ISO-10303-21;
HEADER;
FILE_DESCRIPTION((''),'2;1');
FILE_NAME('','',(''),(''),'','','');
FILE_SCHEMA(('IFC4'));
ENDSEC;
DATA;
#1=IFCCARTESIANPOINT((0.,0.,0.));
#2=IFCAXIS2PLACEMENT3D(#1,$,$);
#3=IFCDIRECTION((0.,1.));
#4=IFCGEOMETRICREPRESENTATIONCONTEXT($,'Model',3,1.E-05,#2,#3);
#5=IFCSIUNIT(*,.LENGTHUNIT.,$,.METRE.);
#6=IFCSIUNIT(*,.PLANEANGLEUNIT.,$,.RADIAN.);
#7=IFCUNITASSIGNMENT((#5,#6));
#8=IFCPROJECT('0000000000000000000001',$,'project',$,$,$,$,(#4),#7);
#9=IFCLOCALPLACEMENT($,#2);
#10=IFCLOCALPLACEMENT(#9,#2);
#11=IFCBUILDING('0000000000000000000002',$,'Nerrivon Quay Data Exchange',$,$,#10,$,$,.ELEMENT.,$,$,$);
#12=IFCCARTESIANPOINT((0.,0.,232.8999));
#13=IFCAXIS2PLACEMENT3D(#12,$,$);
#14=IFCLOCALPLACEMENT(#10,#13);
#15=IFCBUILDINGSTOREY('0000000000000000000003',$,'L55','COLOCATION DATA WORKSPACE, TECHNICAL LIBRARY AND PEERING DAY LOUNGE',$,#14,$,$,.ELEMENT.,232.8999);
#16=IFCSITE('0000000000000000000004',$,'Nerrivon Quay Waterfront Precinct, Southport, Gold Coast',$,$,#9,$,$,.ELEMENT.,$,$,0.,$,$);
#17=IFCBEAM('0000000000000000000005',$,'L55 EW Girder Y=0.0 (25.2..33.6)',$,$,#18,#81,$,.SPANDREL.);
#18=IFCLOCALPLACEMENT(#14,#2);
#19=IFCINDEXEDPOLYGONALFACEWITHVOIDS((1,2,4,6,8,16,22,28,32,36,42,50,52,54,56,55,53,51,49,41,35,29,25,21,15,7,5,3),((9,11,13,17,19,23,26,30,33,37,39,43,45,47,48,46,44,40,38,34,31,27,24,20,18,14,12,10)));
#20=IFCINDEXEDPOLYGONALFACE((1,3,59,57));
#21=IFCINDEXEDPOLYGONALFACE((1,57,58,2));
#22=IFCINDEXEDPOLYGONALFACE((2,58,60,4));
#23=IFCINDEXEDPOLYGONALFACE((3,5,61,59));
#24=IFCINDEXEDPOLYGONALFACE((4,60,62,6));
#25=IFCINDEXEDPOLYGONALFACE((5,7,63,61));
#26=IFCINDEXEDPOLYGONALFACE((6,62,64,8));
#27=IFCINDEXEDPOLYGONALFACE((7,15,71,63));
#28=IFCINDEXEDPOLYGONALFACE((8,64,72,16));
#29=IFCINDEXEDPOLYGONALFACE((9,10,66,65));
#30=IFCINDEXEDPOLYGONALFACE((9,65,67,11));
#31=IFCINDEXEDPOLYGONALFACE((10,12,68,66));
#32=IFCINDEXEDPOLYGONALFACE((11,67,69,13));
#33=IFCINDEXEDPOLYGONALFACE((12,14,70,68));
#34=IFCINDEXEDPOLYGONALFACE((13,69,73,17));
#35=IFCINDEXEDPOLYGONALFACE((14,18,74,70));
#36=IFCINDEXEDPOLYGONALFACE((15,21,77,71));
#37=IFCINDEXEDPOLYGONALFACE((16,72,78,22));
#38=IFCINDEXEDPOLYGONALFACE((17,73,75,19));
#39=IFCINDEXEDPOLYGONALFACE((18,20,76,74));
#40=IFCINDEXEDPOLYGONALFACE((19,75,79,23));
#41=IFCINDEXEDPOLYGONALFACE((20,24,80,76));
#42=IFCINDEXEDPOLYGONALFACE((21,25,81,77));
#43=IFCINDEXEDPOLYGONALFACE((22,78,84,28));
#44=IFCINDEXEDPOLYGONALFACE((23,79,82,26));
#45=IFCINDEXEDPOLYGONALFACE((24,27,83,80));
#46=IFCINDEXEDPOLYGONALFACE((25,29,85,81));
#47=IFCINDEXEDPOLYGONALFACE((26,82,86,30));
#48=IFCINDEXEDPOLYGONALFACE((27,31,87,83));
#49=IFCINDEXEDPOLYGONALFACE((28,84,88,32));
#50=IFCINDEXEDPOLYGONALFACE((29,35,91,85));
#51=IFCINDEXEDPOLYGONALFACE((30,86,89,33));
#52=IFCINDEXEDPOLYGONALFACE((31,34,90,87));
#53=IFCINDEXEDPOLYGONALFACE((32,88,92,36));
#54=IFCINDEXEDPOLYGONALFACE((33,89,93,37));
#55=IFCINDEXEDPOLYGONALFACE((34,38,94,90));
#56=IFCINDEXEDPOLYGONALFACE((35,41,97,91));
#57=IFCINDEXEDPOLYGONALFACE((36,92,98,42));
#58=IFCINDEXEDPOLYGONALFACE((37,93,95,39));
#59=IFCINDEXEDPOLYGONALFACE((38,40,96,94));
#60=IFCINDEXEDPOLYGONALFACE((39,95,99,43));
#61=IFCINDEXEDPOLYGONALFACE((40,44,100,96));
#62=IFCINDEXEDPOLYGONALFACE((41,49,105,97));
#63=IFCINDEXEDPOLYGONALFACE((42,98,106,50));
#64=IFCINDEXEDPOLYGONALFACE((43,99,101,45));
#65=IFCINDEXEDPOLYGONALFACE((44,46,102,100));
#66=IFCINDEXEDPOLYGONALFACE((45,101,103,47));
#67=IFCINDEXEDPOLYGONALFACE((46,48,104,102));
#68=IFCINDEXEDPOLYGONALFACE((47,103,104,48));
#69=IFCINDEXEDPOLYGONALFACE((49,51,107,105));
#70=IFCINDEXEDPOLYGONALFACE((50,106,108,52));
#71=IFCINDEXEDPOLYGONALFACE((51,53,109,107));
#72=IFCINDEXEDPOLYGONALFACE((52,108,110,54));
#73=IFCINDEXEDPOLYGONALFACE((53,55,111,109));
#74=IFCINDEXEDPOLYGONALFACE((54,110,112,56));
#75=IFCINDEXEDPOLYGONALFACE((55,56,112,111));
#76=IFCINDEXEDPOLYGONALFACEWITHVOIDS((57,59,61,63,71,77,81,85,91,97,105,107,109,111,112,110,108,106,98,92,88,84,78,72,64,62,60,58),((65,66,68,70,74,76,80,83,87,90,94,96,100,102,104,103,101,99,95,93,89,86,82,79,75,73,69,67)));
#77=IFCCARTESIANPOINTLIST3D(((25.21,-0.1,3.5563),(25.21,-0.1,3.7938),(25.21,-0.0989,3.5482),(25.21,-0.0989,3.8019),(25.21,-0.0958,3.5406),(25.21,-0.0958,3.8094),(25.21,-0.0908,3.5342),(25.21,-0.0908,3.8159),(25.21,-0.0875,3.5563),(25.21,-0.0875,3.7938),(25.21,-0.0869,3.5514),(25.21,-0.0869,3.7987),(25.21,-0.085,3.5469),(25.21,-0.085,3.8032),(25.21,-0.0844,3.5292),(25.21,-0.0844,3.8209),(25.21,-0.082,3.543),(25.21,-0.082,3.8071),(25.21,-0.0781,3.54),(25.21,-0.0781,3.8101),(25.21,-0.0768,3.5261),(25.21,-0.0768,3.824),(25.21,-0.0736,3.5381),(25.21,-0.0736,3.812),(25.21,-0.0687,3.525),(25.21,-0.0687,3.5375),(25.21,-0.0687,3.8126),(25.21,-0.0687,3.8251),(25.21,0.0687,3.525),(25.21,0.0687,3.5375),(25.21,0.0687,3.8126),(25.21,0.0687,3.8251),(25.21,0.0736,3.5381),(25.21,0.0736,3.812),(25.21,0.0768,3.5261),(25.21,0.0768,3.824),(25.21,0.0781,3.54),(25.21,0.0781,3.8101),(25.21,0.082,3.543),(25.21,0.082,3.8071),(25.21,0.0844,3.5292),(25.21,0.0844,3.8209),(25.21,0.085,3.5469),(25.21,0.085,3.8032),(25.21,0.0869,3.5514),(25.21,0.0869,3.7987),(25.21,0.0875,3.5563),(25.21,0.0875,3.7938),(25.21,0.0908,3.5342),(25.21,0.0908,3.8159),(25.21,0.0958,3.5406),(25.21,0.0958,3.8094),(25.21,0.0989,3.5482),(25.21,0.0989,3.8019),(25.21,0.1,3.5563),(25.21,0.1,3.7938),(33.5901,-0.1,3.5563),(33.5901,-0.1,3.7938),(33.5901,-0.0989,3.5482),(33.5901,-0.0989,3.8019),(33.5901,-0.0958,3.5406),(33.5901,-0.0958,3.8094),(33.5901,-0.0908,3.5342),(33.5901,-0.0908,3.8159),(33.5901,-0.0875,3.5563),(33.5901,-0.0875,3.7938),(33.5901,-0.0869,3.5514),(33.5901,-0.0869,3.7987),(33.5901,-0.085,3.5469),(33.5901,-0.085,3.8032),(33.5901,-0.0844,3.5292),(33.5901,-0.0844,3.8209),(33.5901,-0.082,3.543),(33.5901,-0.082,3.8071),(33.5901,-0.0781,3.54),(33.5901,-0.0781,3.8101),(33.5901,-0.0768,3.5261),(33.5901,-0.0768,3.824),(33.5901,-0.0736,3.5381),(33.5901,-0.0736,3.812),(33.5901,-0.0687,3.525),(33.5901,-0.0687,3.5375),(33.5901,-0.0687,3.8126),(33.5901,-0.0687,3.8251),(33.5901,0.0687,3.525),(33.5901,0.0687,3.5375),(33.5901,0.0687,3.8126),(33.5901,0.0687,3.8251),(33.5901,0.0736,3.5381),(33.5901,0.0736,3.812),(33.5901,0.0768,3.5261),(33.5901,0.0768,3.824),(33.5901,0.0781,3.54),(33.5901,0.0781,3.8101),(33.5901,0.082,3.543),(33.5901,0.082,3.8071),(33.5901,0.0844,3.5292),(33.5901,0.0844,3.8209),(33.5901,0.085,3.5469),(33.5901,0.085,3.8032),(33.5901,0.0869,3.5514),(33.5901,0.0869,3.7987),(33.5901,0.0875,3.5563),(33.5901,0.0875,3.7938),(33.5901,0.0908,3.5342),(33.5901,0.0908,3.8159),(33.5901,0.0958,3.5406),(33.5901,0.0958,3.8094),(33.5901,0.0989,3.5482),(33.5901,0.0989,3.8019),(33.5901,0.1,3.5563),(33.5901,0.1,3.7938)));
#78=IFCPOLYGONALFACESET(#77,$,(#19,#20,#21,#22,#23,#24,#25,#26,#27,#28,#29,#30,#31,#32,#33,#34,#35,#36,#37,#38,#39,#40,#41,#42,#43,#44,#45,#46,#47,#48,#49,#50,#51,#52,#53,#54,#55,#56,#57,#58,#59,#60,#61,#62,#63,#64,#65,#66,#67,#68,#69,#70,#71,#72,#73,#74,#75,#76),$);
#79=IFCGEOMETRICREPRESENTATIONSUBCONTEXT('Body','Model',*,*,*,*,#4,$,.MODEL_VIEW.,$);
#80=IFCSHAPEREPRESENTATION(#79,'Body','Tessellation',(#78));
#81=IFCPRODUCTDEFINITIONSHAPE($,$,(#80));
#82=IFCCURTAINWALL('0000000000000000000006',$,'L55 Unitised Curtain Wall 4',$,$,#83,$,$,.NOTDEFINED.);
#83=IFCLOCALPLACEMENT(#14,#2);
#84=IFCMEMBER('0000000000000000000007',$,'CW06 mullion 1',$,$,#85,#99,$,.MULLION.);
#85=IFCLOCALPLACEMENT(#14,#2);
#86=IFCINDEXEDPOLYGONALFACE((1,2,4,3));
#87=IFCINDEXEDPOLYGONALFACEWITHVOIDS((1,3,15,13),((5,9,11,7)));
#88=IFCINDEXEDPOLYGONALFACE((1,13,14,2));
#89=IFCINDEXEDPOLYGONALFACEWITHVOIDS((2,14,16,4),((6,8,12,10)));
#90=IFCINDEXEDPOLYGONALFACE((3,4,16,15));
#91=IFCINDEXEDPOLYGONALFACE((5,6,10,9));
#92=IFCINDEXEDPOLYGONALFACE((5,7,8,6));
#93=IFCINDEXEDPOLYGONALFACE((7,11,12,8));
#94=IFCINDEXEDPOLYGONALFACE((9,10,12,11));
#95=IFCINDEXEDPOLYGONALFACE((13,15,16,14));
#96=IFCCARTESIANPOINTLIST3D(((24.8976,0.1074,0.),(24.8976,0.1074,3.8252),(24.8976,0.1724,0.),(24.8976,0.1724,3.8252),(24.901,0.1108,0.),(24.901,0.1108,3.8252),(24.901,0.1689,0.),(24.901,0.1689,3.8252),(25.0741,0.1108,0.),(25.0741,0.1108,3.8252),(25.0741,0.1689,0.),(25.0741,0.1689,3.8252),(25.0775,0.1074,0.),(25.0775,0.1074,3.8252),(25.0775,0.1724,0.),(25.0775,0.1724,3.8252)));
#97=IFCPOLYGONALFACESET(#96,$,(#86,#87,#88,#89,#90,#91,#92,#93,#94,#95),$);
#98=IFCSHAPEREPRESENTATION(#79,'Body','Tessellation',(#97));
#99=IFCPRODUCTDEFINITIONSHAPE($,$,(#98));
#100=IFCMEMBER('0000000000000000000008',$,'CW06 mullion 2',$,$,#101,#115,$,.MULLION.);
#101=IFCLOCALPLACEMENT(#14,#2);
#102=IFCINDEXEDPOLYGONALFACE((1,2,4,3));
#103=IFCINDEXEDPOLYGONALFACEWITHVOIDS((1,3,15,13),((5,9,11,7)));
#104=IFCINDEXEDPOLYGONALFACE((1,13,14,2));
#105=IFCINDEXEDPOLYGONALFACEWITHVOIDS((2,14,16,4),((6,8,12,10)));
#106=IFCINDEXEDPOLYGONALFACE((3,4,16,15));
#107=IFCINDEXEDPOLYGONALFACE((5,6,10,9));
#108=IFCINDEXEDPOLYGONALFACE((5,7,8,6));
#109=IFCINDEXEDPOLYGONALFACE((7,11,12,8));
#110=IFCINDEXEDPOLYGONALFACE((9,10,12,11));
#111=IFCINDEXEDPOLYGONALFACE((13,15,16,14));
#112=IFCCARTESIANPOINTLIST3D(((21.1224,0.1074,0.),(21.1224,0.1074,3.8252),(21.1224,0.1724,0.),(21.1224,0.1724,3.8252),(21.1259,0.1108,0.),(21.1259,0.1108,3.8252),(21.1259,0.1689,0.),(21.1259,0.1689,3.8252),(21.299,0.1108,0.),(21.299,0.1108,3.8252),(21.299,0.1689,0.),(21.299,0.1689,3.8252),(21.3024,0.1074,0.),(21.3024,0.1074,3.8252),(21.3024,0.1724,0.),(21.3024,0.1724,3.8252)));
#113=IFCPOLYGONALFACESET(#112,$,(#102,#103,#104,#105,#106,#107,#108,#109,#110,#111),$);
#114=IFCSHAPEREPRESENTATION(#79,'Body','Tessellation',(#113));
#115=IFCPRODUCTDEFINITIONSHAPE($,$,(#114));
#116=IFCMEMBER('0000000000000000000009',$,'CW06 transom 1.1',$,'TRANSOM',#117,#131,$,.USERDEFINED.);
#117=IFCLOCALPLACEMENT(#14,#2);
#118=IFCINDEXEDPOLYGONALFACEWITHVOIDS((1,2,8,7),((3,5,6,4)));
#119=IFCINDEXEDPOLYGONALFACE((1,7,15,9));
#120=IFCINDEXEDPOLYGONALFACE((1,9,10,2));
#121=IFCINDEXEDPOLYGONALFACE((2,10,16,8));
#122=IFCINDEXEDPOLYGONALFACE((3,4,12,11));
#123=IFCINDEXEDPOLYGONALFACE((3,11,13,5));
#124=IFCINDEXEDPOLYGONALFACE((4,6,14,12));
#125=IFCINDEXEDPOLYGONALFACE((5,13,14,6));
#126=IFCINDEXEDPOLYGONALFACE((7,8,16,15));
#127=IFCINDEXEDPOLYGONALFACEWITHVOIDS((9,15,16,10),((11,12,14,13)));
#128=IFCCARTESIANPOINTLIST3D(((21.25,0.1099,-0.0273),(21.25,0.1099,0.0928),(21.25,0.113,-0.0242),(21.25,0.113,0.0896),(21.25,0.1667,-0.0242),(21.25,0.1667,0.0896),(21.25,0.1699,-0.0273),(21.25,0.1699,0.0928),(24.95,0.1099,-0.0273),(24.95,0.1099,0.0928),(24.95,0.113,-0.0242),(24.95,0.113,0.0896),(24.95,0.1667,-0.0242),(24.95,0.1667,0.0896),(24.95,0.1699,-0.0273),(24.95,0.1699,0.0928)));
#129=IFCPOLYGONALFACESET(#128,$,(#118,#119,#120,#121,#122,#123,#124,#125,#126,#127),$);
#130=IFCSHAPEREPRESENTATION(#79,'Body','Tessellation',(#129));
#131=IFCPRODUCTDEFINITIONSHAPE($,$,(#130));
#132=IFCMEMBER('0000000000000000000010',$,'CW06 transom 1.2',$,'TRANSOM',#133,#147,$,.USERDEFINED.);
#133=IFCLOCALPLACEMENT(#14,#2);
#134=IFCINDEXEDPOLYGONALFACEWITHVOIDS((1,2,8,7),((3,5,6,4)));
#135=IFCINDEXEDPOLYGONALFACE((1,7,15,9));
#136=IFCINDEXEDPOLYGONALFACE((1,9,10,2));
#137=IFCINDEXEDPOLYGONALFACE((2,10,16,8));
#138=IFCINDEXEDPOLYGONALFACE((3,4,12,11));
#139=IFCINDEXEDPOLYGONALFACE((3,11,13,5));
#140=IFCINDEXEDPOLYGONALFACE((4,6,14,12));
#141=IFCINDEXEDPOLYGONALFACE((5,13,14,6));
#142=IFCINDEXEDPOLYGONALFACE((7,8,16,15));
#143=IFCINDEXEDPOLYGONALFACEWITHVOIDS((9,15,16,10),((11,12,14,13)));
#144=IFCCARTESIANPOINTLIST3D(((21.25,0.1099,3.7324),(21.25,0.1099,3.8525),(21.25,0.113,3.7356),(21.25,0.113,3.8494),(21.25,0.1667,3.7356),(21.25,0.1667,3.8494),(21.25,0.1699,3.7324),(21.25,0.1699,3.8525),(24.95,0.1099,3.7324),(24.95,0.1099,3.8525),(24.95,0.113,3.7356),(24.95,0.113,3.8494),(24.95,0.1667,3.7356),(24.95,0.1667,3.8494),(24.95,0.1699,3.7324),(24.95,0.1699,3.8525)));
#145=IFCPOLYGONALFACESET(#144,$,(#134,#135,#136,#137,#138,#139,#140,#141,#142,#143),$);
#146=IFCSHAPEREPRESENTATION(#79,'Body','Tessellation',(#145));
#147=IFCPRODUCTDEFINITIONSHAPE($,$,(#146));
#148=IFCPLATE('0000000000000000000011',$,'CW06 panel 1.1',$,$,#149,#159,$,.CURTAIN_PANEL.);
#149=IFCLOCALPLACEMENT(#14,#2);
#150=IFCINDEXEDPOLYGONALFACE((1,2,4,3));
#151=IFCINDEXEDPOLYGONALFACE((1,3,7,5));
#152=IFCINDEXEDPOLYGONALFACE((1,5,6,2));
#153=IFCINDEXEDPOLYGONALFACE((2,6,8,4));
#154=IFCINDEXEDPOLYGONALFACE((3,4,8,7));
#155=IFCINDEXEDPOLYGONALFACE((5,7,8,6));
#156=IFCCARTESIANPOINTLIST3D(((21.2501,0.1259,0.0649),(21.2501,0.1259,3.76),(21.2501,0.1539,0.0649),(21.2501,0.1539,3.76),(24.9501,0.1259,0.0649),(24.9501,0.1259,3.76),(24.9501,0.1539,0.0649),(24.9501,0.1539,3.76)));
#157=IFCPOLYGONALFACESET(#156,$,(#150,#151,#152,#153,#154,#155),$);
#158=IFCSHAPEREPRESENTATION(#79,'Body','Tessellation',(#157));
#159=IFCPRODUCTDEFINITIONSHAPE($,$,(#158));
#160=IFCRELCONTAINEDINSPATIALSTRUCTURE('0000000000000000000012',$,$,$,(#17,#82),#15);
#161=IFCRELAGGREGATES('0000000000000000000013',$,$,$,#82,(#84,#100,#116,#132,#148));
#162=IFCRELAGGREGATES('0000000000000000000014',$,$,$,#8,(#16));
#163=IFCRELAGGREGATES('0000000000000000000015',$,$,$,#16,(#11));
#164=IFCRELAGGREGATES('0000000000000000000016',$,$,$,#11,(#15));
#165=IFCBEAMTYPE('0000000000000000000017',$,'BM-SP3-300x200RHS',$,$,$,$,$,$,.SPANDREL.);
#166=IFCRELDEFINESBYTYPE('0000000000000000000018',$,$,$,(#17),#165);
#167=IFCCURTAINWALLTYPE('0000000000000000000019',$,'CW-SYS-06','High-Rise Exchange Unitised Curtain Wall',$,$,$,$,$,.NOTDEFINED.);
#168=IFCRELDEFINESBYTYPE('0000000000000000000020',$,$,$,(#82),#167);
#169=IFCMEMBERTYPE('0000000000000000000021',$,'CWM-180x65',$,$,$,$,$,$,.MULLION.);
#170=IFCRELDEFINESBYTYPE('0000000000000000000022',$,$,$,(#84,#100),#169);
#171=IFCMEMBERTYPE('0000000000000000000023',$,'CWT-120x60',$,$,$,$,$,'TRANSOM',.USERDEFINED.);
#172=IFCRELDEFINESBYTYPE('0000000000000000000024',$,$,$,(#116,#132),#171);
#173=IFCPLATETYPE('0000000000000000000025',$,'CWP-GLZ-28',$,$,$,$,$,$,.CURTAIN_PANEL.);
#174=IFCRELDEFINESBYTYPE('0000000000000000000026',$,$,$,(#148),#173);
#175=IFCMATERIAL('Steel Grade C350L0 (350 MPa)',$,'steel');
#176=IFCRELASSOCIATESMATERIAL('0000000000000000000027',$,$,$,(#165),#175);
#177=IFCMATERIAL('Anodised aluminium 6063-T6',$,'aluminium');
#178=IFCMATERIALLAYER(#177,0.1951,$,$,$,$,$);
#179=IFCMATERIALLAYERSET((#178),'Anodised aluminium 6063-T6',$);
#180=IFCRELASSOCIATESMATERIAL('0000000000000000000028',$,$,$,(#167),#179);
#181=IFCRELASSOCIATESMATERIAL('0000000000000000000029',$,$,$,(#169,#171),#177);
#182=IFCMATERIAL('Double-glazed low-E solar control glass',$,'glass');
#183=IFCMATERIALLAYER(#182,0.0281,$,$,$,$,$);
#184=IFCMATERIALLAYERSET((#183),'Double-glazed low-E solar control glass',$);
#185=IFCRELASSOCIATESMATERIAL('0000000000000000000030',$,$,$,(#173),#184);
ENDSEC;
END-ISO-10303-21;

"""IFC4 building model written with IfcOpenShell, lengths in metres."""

from ifc_helpers import new_model, si_unit, direction, frame, origin, origin_2d, place, context, subcontext, project, spatial, rectangle, hollow_rectangle, extrude, material, layer, layer_set, material_profile, profile_set, type_object, element, aggregate, save


model = new_model("IFC4")

# Units and contexts
model_context = context("Model", 3, precision=1e-05, world=origin(), true_north=direction((0.0, 1.0)))
body_context = subcontext(model_context, "Body", "Model", "MODEL_VIEW")
ifc_project = project(units=[si_unit("LENGTHUNIT", "METRE"), si_unit("PLANEANGLEUNIT", "RADIAN")], contexts=[model_context])

# Site, building, storey
site_placement = place(None, origin())
site = spatial("IfcSite", under=ifc_project, at=site_placement, Name="Nerrivon Quay Waterfront Precinct, Southport, Gold Coast", CompositionType="ELEMENT", RefElevation=0.0)
building_placement = place(site_placement, origin())
building = spatial("IfcBuilding", under=site, at=building_placement, Name="Nerrivon Quay Data Exchange", CompositionType="ELEMENT")
storey_placement = place(building_placement, frame((0.0, 0.0, 232.8999)))
storey = spatial("IfcBuildingStorey", under=building, at=storey_placement, Name="L55", Description="COLOCATION DATA WORKSPACE, TECHNICAL LIBRARY AND PEERING DAY LOUNGE", CompositionType="ELEMENT", Elevation=232.8999)

# Beam
ifc_material_1 = material(Name="Steel Grade C350L0 (350 MPa)", Category="steel")
ifc_material_profile_1 = material_profile(ifc_material_1, hollow_rectangle(XDim=0.2, YDim=0.3, WallThickness=0.0125, InnerFilletRadius=0.0188, OuterFilletRadius=0.0312, at=origin_2d()), Name="300x200x12.5RHS")
ifc_profile_set_1 = profile_set([ifc_material_profile_1], Name="Steel Grade C350L0 (350 MPa)")
beam_type_1 = type_object("IfcBeamType", Name="BM-SP3-300x200RHS", PredefinedType="SPANDREL", material=ifc_profile_set_1)
beam_1_placement = place(storey_placement, frame((25.21, 0.0, 3.675), z_axis=(1.0, 0.0, 0.0), x_axis=(0.0, 1.0, 0.0)))
element("IfcBeam", 1, at=beam_1_placement, inside=storey, type_object=beam_type_1, Name="L55 EW Girder Y=0.0 (25.2..33.6)", PredefinedType="SPANDREL", context=body_context, shape_type="SweptSolid", body=[
    extrude(hollow_rectangle(XDim=0.2, YDim=0.3, WallThickness=0.0125, InnerFilletRadius=0.0188, OuterFilletRadius=0.0312, at=origin_2d()), origin(), (0.0, 0.0, 1.0), 8.3801),
])

# Curtain wall, members, plate
ifc_material_2 = material(Name="Anodised aluminium 6063-T6", Category="aluminium")
ifc_layer_1 = layer(ifc_material_2, 0.1951)
ifc_layer_set_1 = layer_set([ifc_layer_1], Name="Anodised aluminium 6063-T6")
curtain_wall_type = type_object("IfcCurtainWallType", Name="CW-SYS-06", Description="High-Rise Exchange Unitised Curtain Wall", PredefinedType="NOTDEFINED", material=ifc_layer_set_1)
curtain_wall_placement = place(storey_placement, origin())
curtain_wall = element("IfcCurtainWall", 2, at=curtain_wall_placement, inside=storey, type_object=curtain_wall_type, Name="L55 Unitised Curtain Wall 4", PredefinedType="NOTDEFINED")
ifc_material_profile_2 = material_profile(ifc_material_2, hollow_rectangle(XDim=0.0649, YDim=0.1799, WallThickness=0.0034, at=origin_2d()), Name="ALU-MULL-180x65")
ifc_profile_set_2 = profile_set([ifc_material_profile_2], Name="Anodised aluminium 6063-T6")
member_type_1 = type_object("IfcMemberType", Name="CWM-180x65", PredefinedType="MULLION", material=ifc_profile_set_2)
member_1_placement = place(storey_placement, frame((24.9875, 0.1399, 0.0), z_axis=(0.0, 0.0, 1.0), x_axis=(0.0, -1.0, 0.0)))
member_1 = element("IfcMember", 3, at=member_1_placement, type_object=member_type_1, Name="CW06 mullion 1", PredefinedType="MULLION", context=body_context, shape_type="SweptSolid", body=[
    extrude(hollow_rectangle(XDim=0.0649, YDim=0.1799, WallThickness=0.0034, at=origin_2d()), origin(), (0.0, 0.0, 1.0), 3.8252),
])
member_2_placement = place(storey_placement, frame((21.2124, 0.1399, 0.0), z_axis=(0.0, 0.0, 1.0), x_axis=(0.0, -1.0, 0.0)))
member_2 = element("IfcMember", 4, at=member_2_placement, type_object=member_type_1, Name="CW06 mullion 2", PredefinedType="MULLION", context=body_context, shape_type="SweptSolid", body=[
    extrude(hollow_rectangle(XDim=0.0649, YDim=0.1799, WallThickness=0.0034, at=origin_2d()), origin(), (0.0, 0.0, 1.0), 3.8252),
])
ifc_material_profile_3 = material_profile(ifc_material_2, hollow_rectangle(XDim=0.0601, YDim=0.1201, WallThickness=0.0032, at=origin_2d()), Name="ALU-TRAN-120x60")
ifc_profile_set_3 = profile_set([ifc_material_profile_3], Name="Anodised aluminium 6063-T6")
member_type_2 = type_object("IfcMemberType", Name="CWT-120x60", ElementType="TRANSOM", PredefinedType="USERDEFINED", material=ifc_profile_set_3)
member_3_placement = place(storey_placement, frame((24.95, 0.1399, 0.0327), z_axis=(-1.0, 0.0, 0.0), x_axis=(0.0, -1.0, 0.0)))
member_3 = element("IfcMember", 5, at=member_3_placement, type_object=member_type_2, Name="CW06 transom 1.1", ObjectType="TRANSOM", PredefinedType="USERDEFINED", context=body_context, shape_type="SweptSolid", body=[
    extrude(hollow_rectangle(XDim=0.0601, YDim=0.1201, WallThickness=0.0032, at=origin_2d()), origin(), (0.0, 0.0, 1.0), 3.7),
])
member_4_placement = place(storey_placement, frame((24.95, 0.1399, 3.7925), z_axis=(-1.0, 0.0, 0.0), x_axis=(0.0, -1.0, 0.0)))
member_4 = element("IfcMember", 6, at=member_4_placement, type_object=member_type_2, Name="CW06 transom 1.2", ObjectType="TRANSOM", PredefinedType="USERDEFINED", context=body_context, shape_type="SweptSolid", body=[
    extrude(hollow_rectangle(XDim=0.0601, YDim=0.1201, WallThickness=0.0032, at=origin_2d()), origin(), (0.0, 0.0, 1.0), 3.7),
])
ifc_material_3 = material(Name="Double-glazed low-E solar control glass", Category="glass")
ifc_layer_2 = layer(ifc_material_3, 0.0281)
ifc_layer_set_2 = layer_set([ifc_layer_2], Name="Double-glazed low-E solar control glass")
plate_type = type_object("IfcPlateType", Name="CWP-GLZ-28", PredefinedType="CURTAIN_PANEL", material=ifc_layer_set_2)
plate_placement = place(storey_placement, frame((23.1001, 0.1399, 0.0649), z_axis=(0.0, 0.0, 1.0), x_axis=(-1.0, 0.0, 0.0)))
plate = element("IfcPlate", 7, at=plate_placement, type_object=plate_type, Name="CW06 panel 1.1", PredefinedType="CURTAIN_PANEL", context=body_context, shape_type="SweptSolid", body=[
    extrude(rectangle(XDim=3.7, YDim=0.0281, at=origin_2d()), origin(), (0.0, 0.0, 1.0), 3.6951),
])
aggregate(curtain_wall, [member_1, member_2, member_3, member_4, plate])

save(model, "model.ifc")
